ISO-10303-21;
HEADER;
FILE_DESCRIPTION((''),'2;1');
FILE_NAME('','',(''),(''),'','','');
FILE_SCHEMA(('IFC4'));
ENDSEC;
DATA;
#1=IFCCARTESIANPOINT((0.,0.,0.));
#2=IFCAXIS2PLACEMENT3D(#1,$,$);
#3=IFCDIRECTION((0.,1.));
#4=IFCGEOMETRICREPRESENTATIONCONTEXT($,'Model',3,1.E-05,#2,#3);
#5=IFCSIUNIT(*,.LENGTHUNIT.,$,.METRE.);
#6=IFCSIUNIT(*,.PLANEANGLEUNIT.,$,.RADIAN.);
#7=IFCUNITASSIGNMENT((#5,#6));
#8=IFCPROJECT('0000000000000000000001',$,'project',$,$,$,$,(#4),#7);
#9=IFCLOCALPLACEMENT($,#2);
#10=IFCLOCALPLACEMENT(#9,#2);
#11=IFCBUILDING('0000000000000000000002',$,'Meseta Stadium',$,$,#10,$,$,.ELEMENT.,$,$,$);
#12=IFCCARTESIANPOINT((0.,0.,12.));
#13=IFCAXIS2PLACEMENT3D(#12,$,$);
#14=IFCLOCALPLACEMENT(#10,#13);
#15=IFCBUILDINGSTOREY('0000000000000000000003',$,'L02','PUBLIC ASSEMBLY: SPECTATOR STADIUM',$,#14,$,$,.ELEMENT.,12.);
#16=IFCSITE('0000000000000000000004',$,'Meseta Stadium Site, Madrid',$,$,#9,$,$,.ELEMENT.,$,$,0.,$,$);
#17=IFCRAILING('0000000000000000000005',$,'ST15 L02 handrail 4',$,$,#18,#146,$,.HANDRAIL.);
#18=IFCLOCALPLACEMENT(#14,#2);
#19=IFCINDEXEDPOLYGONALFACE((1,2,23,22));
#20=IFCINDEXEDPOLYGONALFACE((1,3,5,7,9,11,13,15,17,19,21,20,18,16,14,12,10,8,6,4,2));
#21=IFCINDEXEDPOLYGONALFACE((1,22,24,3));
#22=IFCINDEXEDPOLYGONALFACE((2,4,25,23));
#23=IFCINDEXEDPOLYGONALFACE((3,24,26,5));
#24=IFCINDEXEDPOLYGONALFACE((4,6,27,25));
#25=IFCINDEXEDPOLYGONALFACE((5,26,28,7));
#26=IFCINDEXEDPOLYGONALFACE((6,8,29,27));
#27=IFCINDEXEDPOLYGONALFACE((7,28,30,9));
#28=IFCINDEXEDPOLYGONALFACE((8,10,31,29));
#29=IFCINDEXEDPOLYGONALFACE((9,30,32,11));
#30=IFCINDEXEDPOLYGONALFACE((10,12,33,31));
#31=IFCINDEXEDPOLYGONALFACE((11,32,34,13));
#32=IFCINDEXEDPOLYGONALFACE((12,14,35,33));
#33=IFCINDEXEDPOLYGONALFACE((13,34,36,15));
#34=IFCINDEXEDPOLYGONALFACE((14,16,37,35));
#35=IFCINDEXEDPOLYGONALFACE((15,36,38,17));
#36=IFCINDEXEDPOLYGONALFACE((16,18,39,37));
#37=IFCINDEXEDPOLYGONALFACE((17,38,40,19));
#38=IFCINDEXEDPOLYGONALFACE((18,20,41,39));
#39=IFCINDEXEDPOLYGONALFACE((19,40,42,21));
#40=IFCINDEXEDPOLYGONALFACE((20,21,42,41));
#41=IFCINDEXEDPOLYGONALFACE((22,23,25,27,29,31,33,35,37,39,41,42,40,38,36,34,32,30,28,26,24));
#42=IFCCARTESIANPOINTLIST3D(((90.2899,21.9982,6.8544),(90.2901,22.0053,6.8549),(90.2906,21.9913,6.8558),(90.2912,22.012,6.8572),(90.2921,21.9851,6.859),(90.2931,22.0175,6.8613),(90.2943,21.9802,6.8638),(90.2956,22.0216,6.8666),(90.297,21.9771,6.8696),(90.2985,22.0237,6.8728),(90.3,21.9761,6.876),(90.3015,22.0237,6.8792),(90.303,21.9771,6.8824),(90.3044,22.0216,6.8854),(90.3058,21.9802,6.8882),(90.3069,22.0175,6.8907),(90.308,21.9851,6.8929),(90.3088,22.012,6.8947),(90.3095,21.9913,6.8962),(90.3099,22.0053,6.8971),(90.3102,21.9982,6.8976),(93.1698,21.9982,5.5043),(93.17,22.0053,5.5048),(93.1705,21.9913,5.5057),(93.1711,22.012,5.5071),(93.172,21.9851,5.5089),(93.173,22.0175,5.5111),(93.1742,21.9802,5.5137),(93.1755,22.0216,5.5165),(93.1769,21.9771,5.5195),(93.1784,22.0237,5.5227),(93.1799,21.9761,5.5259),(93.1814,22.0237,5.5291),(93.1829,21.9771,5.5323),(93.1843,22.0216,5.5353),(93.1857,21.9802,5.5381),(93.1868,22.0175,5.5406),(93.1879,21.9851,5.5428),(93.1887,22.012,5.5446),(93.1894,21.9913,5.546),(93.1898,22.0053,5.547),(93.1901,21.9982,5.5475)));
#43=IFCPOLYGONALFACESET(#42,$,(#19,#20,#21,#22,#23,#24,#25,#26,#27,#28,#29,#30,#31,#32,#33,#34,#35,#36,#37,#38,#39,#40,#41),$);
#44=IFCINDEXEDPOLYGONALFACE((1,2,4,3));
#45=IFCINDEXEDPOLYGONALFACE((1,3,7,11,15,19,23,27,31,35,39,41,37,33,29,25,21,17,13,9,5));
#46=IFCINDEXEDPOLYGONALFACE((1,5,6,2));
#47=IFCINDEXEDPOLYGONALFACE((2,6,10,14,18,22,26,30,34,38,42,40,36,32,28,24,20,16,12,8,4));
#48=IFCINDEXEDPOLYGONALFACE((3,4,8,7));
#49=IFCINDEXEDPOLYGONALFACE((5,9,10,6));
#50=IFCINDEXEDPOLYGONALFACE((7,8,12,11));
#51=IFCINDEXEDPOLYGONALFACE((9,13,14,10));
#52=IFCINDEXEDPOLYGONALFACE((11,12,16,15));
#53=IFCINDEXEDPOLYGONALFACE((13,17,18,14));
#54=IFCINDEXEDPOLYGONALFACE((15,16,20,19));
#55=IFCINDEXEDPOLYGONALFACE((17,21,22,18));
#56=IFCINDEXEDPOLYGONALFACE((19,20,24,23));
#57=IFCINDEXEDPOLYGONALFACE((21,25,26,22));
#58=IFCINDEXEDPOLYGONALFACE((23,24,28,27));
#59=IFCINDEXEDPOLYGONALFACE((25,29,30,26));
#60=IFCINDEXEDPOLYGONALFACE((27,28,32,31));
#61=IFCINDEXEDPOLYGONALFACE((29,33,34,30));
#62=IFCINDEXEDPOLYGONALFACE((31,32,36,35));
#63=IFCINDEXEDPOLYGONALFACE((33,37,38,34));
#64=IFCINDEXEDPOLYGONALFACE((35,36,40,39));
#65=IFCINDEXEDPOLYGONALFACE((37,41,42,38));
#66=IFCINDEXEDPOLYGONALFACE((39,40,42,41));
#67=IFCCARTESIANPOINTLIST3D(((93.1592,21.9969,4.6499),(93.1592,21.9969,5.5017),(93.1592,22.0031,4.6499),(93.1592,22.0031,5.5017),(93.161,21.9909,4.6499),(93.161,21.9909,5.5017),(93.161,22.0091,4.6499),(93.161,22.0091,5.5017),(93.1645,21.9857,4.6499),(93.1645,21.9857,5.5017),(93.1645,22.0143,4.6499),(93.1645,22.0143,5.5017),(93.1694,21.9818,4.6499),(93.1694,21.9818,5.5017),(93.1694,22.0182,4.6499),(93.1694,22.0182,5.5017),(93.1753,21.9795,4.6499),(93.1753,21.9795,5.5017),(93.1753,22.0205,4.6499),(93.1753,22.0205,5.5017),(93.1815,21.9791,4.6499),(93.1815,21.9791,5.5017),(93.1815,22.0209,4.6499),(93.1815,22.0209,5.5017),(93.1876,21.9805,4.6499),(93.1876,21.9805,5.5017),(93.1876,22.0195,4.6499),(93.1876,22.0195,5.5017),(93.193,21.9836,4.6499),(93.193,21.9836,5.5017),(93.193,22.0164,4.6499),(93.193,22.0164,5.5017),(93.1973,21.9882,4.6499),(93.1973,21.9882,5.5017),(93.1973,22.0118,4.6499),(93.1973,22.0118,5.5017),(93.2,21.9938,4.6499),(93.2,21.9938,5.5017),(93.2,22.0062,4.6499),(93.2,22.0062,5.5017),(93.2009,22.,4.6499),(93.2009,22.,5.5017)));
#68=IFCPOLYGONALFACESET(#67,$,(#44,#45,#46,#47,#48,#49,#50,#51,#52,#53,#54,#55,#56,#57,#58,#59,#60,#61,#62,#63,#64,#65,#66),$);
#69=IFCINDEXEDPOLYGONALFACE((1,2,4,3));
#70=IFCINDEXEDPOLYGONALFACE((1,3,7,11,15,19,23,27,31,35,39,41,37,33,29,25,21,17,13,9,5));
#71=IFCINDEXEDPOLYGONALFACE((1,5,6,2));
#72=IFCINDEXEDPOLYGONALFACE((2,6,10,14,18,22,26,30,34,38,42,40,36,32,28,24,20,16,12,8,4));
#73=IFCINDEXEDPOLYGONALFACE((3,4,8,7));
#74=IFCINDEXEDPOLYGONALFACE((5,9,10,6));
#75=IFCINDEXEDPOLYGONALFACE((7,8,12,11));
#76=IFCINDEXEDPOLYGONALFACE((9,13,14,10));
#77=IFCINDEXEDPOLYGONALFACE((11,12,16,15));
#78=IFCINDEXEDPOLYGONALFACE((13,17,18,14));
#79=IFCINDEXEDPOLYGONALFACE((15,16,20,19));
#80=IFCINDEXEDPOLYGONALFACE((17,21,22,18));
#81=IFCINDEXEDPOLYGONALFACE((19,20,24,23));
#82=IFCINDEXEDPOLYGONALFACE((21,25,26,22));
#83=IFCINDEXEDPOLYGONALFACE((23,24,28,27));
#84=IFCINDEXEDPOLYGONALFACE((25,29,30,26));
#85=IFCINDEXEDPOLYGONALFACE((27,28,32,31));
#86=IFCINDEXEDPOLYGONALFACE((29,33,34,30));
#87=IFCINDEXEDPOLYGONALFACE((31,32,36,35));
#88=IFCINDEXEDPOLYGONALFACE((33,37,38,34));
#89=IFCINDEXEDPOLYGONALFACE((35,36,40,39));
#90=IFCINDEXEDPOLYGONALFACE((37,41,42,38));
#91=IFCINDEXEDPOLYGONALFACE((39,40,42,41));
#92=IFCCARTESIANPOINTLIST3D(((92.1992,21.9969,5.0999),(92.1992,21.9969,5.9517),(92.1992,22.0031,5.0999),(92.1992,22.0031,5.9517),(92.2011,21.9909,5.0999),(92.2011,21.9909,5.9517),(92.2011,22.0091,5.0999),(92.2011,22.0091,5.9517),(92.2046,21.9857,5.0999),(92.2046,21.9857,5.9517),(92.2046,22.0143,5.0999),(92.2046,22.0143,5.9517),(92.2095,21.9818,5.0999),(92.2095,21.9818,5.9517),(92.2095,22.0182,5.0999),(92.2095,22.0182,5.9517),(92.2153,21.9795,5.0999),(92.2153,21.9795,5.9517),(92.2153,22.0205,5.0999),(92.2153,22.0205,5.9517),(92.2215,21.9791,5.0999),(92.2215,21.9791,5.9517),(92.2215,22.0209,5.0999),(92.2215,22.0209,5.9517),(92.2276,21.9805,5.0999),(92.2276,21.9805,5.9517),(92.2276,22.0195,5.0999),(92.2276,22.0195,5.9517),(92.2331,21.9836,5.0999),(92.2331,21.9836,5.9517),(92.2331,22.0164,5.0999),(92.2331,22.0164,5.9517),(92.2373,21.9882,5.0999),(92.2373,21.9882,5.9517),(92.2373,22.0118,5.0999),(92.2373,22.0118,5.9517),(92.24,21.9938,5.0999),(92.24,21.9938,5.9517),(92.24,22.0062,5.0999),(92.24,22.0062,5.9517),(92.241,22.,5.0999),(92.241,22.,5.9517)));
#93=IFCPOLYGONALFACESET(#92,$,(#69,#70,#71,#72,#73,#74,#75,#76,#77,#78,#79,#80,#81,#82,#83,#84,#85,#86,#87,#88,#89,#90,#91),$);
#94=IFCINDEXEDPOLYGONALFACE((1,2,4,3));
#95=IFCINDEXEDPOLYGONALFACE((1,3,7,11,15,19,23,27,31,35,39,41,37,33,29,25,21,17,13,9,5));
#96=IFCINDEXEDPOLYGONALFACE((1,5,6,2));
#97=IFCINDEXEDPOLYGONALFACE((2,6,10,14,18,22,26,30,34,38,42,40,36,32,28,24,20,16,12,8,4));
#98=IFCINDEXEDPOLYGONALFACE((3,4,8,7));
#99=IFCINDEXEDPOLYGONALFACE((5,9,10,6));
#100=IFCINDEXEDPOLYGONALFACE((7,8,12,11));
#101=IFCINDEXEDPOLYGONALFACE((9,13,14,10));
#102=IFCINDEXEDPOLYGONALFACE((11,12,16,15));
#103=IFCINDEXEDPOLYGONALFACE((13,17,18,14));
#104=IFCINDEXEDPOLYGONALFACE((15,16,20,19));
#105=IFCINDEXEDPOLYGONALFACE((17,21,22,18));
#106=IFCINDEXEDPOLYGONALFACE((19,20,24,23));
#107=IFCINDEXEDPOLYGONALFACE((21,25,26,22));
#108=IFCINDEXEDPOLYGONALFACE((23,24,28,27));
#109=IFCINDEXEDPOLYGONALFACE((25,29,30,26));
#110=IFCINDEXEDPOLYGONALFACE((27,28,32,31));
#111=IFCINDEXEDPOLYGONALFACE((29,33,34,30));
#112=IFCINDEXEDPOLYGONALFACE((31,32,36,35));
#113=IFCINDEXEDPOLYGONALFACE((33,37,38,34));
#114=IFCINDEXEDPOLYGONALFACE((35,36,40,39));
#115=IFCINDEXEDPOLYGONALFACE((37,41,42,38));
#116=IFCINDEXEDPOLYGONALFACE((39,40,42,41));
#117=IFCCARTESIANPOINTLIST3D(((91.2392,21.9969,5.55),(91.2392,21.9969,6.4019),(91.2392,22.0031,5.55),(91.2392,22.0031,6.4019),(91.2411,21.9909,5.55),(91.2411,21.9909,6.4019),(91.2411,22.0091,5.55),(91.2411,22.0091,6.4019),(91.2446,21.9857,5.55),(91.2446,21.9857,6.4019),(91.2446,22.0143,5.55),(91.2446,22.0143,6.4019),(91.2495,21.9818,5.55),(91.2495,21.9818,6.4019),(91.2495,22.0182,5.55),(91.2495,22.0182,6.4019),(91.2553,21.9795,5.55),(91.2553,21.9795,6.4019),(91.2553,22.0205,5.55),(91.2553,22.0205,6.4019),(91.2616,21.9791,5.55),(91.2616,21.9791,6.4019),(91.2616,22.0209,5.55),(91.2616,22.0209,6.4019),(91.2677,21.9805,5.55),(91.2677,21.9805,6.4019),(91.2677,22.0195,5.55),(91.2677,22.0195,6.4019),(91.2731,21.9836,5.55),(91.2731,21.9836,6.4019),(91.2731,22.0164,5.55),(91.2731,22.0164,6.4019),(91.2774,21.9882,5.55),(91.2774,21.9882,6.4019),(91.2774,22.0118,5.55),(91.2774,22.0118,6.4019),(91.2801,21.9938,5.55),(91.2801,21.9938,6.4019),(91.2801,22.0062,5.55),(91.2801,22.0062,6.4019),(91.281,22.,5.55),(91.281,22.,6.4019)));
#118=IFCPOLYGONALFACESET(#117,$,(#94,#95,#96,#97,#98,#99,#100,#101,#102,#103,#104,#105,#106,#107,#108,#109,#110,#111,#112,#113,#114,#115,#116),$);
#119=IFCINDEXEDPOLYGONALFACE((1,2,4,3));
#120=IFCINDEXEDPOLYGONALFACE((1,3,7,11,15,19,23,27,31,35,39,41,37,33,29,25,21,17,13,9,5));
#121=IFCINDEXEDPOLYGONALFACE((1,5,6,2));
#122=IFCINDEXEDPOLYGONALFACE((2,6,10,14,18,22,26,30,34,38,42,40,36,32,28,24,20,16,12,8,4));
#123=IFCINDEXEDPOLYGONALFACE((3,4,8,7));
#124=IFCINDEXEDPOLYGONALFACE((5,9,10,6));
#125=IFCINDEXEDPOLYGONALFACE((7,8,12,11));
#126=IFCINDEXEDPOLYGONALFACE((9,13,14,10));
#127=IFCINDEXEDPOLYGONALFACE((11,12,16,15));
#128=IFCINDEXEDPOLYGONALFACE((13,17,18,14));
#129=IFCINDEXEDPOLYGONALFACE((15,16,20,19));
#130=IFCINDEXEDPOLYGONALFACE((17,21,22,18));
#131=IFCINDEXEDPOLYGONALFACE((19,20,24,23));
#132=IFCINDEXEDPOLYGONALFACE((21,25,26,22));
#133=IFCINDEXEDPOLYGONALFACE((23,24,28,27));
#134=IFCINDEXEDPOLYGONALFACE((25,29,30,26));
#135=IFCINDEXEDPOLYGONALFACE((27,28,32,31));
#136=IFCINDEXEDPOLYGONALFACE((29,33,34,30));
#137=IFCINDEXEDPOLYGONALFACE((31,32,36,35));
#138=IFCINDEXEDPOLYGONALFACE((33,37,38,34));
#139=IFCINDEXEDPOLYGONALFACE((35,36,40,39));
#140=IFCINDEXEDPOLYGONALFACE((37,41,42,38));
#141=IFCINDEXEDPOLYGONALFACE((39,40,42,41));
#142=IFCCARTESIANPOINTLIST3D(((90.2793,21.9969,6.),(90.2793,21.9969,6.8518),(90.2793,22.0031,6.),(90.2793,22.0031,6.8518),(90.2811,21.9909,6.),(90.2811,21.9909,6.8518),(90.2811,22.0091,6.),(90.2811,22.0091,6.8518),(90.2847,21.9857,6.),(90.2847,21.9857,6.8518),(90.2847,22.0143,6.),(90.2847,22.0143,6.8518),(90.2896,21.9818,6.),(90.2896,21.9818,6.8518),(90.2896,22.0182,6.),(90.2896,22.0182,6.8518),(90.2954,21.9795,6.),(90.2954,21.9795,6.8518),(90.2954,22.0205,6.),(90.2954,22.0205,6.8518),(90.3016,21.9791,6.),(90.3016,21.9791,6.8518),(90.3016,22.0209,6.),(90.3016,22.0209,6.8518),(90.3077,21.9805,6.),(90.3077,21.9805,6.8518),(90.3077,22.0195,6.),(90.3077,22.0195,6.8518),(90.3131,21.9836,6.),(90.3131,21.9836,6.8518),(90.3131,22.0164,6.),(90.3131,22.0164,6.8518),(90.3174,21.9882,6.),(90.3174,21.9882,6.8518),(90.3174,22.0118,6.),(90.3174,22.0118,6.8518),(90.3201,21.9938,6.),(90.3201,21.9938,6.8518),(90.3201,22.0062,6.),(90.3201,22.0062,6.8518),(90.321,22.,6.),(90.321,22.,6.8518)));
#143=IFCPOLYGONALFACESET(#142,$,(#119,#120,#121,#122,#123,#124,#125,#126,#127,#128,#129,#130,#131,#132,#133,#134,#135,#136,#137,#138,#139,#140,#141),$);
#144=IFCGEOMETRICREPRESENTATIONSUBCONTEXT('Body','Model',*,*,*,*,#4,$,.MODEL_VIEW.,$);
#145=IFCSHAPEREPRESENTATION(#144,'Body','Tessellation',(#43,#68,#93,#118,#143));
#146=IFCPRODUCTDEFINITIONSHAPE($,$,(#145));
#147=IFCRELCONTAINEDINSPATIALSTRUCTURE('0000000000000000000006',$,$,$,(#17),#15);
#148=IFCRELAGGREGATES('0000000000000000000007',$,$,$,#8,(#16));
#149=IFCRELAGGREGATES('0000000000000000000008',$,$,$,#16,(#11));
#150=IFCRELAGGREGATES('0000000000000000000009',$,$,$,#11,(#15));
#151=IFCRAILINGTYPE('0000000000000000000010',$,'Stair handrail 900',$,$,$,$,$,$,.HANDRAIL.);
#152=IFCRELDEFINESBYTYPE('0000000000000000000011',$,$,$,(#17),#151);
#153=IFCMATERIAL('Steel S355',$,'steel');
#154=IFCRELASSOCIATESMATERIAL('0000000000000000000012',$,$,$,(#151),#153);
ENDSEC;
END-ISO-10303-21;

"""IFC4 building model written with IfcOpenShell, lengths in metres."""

from ifc_helpers import new_model, si_unit, direction, frame, origin, origin_2d, place, context, subcontext, project, spatial, circle, extrude, material, type_object, element, save


model = new_model("IFC4")

# Units and contexts
model_context = context("Model", 3, precision=1e-05, world=origin(), true_north=direction((0.0, 1.0)))
body_context = subcontext(model_context, "Body", "Model", "MODEL_VIEW")
ifc_project = project(units=[si_unit("LENGTHUNIT", "METRE"), si_unit("PLANEANGLEUNIT", "RADIAN")], contexts=[model_context])

# Site, building, storey
site_placement = place(None, origin())
site = spatial("IfcSite", under=ifc_project, at=site_placement, Name="Meseta Stadium Site, Madrid", CompositionType="ELEMENT", RefElevation=0.0)
building_placement = place(site_placement, origin())
building = spatial("IfcBuilding", under=site, at=building_placement, Name="Meseta Stadium", CompositionType="ELEMENT")
storey_placement = place(building_placement, frame((0.0, 0.0, 12.0)))
storey = spatial("IfcBuildingStorey", under=building, at=storey_placement, Name="L02", Description="PUBLIC ASSEMBLY: SPECTATOR STADIUM", CompositionType="ELEMENT", Elevation=12.0)

# Railing
ifc_material_1 = material(Name="Steel S355", Category="steel")
railing_type_1 = type_object("IfcRailingType", Name="Stair handrail 900", PredefinedType="HANDRAIL", material=ifc_material_1)
for number, where, name in (
    (1, (93.1799, 22.0, 4.6499), "ST15 L02 handrail 4"),
):
    element("IfcRailing", number, at=place(storey_placement, frame(where)), inside=storey, type_object=railing_type_1, Name=name, PredefinedType="HANDRAIL", context=body_context, shape_type="SweptSolid", body=[
        extrude(circle(Radius=0.0239, at=origin_2d()), frame((0.0, 0.0, 0.876), z_axis=(-0.90544, 0.0, 0.424473), x_axis=(0.0, -1.0, 0.0)), (0.0, 0.0, 1.0), 3.1807),
        extrude(circle(Radius=0.021, at=origin_2d()), origin(), (0.0, 0.0, 1.0), 0.8518),
        extrude(circle(Radius=0.021, at=origin_2d()), frame((-0.96, 0.0, 0.45)), (0.0, 0.0, 1.0), 0.8518),
        extrude(circle(Radius=0.021, at=origin_2d()), frame((-1.9199, 0.0, 0.9001)), (0.0, 0.0, 1.0), 0.8518),
        extrude(circle(Radius=0.021, at=origin_2d()), frame((-2.8799, 0.0, 1.3501)), (0.0, 0.0, 1.0), 0.8518),
    ])

save(model, "model.ifc")
